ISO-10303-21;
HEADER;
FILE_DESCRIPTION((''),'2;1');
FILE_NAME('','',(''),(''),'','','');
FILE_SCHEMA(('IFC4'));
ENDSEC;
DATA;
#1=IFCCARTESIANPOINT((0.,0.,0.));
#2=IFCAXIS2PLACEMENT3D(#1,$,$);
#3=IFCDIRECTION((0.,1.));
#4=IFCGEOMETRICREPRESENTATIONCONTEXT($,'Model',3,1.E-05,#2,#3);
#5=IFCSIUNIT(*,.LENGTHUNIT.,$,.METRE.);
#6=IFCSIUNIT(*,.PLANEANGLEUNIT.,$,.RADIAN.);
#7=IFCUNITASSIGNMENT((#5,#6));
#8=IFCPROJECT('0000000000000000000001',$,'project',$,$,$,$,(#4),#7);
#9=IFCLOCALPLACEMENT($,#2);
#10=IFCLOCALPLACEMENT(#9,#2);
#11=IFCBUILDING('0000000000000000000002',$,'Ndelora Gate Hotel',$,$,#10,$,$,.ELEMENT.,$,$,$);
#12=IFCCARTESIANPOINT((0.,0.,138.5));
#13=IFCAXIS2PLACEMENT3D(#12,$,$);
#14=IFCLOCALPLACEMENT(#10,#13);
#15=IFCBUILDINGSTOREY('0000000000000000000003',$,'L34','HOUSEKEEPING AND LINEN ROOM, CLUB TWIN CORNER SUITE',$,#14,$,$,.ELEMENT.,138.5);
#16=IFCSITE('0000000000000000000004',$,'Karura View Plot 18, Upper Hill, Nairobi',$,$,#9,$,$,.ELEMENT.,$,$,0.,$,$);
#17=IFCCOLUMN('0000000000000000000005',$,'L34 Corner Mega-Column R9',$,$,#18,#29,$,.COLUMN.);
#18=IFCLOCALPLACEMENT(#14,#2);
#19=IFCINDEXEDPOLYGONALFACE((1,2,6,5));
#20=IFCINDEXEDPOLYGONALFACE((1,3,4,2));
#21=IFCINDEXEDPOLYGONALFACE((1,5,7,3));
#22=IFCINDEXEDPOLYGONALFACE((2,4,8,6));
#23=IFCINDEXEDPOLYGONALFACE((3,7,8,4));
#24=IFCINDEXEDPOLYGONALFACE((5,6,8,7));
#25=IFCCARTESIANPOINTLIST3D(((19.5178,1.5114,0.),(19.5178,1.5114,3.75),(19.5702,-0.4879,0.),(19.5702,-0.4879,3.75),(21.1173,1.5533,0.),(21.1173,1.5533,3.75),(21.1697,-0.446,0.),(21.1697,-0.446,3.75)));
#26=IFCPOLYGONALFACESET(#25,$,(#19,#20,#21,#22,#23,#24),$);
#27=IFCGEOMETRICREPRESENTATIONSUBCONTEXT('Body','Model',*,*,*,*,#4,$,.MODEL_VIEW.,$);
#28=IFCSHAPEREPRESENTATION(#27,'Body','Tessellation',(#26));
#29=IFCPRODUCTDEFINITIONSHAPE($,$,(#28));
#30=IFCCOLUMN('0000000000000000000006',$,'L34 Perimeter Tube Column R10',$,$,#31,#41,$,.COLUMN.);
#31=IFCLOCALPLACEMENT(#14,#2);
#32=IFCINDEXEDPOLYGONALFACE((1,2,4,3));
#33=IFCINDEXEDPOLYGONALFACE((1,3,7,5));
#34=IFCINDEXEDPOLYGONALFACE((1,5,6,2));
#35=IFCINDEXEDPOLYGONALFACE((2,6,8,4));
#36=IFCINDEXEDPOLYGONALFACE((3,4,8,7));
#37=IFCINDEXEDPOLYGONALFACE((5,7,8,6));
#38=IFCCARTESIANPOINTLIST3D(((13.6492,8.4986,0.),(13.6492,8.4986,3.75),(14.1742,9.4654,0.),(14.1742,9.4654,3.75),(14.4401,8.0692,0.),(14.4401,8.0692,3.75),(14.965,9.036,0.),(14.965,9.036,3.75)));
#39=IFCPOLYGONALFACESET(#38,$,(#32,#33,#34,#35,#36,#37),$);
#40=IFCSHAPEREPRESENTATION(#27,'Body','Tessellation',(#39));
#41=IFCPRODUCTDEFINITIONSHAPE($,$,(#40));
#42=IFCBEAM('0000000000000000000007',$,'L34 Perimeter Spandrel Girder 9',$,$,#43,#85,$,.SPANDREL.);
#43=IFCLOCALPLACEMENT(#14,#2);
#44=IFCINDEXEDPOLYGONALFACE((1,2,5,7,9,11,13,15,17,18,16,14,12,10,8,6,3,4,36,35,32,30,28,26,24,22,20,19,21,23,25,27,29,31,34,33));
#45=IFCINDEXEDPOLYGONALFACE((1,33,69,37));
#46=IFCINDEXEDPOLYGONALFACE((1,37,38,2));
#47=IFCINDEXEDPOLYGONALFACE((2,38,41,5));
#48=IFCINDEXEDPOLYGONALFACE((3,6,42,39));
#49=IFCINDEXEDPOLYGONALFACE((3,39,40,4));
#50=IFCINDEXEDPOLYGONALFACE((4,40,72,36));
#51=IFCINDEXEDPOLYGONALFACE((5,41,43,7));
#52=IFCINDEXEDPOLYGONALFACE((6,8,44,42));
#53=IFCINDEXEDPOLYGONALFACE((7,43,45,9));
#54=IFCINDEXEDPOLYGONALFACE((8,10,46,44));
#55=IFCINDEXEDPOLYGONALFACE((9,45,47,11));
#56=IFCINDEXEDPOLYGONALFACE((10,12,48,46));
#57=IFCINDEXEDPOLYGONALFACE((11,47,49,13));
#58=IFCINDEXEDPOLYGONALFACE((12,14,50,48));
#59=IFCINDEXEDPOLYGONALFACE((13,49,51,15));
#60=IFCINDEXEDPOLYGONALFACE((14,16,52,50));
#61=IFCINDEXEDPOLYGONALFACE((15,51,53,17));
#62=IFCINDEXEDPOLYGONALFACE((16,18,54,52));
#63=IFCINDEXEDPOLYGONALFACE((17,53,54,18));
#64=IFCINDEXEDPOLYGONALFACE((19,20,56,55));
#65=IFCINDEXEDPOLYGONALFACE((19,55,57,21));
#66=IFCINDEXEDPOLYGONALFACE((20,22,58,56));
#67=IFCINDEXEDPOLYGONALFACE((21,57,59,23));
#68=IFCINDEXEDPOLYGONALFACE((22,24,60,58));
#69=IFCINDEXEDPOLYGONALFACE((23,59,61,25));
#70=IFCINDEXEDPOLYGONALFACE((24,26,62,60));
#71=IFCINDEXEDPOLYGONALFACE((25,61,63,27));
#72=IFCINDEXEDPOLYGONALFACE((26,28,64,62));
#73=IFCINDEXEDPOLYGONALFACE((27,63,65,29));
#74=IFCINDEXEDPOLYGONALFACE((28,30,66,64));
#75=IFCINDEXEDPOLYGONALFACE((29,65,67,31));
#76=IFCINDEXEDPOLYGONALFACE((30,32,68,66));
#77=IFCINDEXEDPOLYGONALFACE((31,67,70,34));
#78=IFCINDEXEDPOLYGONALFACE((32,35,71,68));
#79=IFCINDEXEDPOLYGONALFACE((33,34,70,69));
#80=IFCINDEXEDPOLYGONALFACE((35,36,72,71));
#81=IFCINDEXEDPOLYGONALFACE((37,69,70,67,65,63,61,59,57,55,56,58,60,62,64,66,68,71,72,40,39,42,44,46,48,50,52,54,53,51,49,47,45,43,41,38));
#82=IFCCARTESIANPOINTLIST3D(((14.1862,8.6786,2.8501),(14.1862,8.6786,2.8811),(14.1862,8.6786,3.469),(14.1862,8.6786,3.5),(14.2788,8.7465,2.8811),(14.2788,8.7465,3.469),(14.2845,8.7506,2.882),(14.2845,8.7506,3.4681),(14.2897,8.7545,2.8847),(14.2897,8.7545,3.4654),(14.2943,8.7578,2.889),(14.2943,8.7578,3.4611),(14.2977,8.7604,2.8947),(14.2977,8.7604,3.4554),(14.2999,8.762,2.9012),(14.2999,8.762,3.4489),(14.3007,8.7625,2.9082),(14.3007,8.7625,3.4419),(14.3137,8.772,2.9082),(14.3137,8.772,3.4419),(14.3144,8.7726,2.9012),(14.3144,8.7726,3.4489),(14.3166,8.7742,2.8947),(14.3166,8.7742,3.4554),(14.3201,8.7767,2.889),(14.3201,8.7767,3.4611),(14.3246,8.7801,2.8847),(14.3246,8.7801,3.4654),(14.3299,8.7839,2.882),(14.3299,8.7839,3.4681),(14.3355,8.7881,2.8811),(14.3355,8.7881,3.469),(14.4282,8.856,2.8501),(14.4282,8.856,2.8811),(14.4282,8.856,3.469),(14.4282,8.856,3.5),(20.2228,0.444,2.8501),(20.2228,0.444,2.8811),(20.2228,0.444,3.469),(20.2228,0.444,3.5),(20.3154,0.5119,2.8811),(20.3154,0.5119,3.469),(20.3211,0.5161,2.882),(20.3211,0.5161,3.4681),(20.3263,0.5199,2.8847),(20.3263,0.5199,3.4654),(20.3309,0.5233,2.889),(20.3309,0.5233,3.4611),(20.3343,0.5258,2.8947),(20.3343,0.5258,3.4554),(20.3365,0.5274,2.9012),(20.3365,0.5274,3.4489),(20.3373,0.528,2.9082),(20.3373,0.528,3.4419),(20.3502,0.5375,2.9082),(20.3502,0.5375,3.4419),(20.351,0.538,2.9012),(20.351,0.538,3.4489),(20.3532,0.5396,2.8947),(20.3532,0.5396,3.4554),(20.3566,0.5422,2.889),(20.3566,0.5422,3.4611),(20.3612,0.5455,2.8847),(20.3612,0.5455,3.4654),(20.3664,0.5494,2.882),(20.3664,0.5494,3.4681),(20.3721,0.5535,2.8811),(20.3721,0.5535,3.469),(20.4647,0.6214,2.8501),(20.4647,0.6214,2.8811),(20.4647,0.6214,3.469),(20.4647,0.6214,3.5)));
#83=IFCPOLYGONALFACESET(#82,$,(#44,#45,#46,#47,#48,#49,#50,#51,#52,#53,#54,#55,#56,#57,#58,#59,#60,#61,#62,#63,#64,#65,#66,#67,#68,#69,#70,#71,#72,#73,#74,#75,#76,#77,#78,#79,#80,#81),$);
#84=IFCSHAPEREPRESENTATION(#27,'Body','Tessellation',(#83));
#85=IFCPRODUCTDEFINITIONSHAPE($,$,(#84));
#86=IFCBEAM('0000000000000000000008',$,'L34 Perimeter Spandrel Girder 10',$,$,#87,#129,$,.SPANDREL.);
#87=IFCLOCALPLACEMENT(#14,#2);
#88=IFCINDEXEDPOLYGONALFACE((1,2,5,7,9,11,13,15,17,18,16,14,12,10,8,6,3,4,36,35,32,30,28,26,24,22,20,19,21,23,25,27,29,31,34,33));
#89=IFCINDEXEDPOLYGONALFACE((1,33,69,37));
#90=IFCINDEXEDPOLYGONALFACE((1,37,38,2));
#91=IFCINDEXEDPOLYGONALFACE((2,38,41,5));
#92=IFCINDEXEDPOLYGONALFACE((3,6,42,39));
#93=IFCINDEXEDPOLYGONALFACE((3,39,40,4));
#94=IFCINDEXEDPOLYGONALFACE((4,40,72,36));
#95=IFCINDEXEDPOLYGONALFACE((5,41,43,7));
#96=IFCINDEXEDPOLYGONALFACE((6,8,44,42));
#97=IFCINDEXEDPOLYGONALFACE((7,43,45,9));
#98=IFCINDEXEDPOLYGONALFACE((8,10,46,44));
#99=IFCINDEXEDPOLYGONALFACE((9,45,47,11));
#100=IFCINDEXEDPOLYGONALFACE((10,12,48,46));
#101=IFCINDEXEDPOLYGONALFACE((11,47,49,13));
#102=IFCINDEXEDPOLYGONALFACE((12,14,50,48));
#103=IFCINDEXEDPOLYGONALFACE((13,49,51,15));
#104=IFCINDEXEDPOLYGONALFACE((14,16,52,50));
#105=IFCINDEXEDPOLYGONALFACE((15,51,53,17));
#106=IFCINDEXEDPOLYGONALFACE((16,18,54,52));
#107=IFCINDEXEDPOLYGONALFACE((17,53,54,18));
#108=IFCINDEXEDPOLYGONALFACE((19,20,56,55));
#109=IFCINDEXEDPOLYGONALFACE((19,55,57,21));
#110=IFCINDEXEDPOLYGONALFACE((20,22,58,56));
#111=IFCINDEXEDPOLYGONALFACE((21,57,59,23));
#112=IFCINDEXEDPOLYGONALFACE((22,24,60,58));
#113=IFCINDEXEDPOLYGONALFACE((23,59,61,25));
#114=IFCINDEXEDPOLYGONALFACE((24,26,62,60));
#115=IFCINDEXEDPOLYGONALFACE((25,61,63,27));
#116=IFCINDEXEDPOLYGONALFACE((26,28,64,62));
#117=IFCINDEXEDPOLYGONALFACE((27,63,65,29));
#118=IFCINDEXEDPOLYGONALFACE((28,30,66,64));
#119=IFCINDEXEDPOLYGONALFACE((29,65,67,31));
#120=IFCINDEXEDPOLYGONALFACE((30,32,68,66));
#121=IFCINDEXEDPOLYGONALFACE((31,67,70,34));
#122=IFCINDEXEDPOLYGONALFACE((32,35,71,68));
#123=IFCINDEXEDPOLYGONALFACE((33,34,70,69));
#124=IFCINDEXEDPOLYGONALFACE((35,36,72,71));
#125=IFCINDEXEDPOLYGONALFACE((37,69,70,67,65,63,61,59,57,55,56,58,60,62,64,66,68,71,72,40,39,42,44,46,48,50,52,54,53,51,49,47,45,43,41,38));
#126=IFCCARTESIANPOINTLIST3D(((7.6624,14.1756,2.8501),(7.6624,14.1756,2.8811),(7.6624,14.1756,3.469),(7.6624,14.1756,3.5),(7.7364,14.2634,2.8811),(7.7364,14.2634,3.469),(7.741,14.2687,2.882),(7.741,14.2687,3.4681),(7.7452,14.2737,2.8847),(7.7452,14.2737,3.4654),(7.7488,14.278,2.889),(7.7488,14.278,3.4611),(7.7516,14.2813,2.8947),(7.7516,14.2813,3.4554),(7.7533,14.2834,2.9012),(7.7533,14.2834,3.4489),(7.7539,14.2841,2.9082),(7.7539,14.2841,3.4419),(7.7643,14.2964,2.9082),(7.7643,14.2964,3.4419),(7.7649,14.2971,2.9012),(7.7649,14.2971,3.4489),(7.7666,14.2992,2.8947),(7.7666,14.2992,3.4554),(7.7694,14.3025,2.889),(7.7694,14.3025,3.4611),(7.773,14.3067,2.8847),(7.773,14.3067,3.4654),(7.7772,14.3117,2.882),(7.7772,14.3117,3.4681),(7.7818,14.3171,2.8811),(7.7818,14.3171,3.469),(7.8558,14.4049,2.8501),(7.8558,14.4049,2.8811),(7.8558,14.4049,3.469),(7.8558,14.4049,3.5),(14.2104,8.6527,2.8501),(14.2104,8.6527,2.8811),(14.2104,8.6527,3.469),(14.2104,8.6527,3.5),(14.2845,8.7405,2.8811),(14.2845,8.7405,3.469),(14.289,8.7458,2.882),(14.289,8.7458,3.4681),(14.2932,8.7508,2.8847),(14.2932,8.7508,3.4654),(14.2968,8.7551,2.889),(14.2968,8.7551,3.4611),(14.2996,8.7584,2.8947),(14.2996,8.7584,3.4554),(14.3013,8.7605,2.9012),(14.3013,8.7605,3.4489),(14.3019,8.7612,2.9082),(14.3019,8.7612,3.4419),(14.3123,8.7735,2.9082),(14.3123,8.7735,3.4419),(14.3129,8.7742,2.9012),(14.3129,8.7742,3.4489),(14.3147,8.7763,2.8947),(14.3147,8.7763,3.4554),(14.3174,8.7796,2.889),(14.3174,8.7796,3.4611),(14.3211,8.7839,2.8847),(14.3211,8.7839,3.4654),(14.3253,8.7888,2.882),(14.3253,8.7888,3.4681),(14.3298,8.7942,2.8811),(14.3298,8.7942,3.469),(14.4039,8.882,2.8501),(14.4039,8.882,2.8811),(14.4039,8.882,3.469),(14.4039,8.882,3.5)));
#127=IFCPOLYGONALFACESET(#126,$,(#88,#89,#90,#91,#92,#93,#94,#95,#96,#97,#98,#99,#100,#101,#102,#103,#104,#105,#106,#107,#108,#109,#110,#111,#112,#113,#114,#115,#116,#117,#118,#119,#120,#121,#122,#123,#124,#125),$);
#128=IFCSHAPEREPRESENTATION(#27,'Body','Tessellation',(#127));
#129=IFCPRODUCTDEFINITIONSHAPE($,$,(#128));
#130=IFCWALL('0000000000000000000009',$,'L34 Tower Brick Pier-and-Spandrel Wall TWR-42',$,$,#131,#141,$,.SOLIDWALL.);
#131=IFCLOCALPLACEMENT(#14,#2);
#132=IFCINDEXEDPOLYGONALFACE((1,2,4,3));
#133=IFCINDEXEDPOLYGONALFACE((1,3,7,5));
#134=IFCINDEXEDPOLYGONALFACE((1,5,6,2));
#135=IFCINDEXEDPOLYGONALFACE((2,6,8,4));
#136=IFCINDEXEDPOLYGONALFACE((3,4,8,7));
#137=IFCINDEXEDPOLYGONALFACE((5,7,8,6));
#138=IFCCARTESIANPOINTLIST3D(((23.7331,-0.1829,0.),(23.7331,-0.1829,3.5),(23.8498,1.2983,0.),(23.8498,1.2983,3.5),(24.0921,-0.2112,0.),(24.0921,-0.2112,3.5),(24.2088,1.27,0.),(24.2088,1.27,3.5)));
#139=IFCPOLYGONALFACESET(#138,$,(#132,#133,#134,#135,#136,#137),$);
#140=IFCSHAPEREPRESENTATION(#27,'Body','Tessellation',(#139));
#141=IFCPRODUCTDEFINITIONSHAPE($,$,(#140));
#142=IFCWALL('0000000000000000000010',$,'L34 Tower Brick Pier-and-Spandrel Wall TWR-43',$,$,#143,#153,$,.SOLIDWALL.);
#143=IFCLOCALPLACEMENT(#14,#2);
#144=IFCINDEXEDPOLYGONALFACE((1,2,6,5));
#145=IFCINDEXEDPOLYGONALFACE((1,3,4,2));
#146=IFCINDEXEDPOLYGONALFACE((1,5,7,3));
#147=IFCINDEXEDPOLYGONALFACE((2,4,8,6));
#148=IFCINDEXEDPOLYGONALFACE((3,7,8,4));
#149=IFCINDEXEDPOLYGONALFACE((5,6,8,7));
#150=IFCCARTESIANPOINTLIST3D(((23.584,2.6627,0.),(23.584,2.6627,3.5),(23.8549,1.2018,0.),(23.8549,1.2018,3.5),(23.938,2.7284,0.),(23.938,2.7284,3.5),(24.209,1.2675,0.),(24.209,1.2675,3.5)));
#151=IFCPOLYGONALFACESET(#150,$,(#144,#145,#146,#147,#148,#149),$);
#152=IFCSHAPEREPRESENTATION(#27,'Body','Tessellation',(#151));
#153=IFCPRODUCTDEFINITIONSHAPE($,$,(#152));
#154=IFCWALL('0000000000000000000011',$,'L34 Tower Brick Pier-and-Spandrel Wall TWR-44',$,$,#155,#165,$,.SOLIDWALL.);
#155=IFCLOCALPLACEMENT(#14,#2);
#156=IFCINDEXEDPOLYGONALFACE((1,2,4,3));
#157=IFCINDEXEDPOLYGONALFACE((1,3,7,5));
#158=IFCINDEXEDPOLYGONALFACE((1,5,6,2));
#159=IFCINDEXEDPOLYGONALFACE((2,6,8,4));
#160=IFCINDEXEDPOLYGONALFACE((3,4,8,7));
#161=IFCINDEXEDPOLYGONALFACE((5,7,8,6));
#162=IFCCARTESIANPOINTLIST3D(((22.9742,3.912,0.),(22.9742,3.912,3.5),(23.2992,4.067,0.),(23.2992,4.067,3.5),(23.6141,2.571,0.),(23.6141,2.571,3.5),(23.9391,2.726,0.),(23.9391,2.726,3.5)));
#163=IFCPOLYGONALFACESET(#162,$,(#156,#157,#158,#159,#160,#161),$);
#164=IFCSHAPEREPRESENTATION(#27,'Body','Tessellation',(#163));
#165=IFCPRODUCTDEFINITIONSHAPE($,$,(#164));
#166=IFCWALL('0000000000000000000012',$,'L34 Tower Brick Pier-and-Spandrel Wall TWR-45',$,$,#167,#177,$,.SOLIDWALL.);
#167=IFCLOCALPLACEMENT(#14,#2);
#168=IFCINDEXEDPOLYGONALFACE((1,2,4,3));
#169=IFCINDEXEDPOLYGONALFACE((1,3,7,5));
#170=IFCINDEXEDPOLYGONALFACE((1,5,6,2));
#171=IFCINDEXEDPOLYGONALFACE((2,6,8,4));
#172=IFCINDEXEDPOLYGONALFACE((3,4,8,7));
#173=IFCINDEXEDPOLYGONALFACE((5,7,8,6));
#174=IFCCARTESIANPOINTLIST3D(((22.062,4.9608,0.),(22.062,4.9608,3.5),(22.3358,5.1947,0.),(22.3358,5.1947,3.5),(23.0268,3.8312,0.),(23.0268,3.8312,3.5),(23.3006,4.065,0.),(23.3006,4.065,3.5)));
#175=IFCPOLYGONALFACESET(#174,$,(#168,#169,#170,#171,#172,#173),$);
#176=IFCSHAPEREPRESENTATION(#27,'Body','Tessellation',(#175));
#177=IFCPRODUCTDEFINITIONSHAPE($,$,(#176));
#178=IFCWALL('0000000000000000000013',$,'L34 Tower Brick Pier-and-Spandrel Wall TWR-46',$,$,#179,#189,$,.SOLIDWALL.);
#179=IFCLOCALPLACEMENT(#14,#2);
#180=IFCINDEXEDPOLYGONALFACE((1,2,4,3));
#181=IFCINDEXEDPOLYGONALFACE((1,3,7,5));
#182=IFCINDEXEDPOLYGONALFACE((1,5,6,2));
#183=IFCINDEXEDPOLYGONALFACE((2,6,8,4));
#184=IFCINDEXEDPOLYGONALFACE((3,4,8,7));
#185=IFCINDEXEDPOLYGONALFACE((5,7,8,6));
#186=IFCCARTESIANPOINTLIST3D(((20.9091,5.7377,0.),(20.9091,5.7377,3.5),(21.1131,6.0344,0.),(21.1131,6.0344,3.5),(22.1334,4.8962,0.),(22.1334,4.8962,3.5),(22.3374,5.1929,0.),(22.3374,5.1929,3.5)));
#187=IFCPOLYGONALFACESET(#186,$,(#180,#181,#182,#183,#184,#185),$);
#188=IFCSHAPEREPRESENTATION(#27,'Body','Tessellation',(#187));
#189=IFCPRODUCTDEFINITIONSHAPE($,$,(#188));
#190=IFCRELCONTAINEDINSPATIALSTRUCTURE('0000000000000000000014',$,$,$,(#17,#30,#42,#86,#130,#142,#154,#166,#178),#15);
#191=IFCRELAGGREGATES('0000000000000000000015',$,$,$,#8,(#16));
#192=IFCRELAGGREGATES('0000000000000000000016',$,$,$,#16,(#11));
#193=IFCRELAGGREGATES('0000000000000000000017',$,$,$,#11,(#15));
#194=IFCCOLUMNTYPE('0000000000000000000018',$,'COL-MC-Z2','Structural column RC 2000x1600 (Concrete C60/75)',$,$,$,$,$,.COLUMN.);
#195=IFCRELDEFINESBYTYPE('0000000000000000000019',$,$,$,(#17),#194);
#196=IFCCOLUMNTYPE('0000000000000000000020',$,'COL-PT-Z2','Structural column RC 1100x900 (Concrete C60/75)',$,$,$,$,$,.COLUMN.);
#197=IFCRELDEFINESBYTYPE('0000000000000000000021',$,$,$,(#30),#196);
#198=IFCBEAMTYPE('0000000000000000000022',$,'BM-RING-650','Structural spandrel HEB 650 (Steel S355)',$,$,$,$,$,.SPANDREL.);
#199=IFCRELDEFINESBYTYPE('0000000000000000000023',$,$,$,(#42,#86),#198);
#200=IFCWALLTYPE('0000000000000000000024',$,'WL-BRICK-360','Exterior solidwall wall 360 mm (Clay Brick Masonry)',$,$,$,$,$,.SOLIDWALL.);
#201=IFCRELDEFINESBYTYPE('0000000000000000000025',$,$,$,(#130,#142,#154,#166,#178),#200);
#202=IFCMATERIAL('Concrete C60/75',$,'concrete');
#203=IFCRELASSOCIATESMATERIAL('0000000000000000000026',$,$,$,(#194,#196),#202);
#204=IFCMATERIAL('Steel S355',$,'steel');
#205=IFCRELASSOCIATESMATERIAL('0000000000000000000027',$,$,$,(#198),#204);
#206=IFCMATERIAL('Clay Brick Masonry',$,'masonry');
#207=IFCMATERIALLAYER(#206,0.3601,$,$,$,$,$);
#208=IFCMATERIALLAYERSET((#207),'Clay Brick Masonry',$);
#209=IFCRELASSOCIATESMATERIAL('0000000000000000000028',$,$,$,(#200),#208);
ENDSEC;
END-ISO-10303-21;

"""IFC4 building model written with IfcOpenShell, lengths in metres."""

from ifc_helpers import new_model, si_unit, direction, frame, frame_2d, origin, origin_2d, place, context, subcontext, project, spatial, rectangle, i_section, extrude, material, layer, layer_set, material_profile, profile_set, type_object, element, save


model = new_model("IFC4")

# Units and contexts
model_context = context("Model", 3, precision=1e-05, world=origin(), true_north=direction((0.0, 1.0)))
body_context = subcontext(model_context, "Body", "Model", "MODEL_VIEW")
ifc_project = project(units=[si_unit("LENGTHUNIT", "METRE"), si_unit("PLANEANGLEUNIT", "RADIAN")], contexts=[model_context])

# Site, building, storey
site_placement = place(None, origin())
site = spatial("IfcSite", under=ifc_project, at=site_placement, Name="Karura View Plot 18, Upper Hill, Nairobi", CompositionType="ELEMENT", RefElevation=0.0)
building_placement = place(site_placement, origin())
building = spatial("IfcBuilding", under=site, at=building_placement, Name="Ndelora Gate Hotel", CompositionType="ELEMENT")
storey_placement = place(building_placement, frame((0.0, 0.0, 138.5)))
storey = spatial("IfcBuildingStorey", under=building, at=storey_placement, Name="L34", Description="HOUSEKEEPING AND LINEN ROOM, CLUB TWIN CORNER SUITE", CompositionType="ELEMENT", Elevation=138.5)

# Columns
ifc_material_1 = material(Name="Concrete C60/75", Category="concrete")
ifc_material_profile_1 = material_profile(ifc_material_1, rectangle(XDim=1.6001, YDim=2.0, at=origin_2d()), Name="RC 2000x1600")
ifc_profile_set_1 = profile_set([ifc_material_profile_1], Name="Concrete C60/75")
column_type_1 = type_object("IfcColumnType", Name="COL-MC-Z2", Description="Structural column RC 2000x1600 (Concrete C60/75)", PredefinedType="COLUMN", material=ifc_profile_set_1)
column_1_placement = place(storey_placement, frame((20.3438, 0.5327, 0.0), z_axis=(0.0, 0.0, 1.0), x_axis=(0.999657, 0.026177, 0.0)))
element("IfcColumn", 1, at=column_1_placement, inside=storey, type_object=column_type_1, Name="L34 Corner Mega-Column R9", PredefinedType="COLUMN", context=body_context, shape_type="SweptSolid", body=[
    extrude(rectangle(XDim=1.6001, YDim=2.0, at=origin_2d()), origin(), (0.0, 0.0, 1.0), 3.75),
])
ifc_material_profile_2 = material_profile(ifc_material_1, rectangle(XDim=0.8999, YDim=1.1001, at=origin_2d()), Name="RC 1100x900")
ifc_profile_set_2 = profile_set([ifc_material_profile_2], Name="Concrete C60/75")
column_type_2 = type_object("IfcColumnType", Name="COL-PT-Z2", Description="Structural column RC 1100x900 (Concrete C60/75)", PredefinedType="COLUMN", material=ifc_profile_set_2)
column_2_placement = place(storey_placement, frame((14.3071, 8.7673, 0.0), z_axis=(0.0, 0.0, 1.0), x_axis=(-0.878817, 0.477159, 0.0)))
element("IfcColumn", 2, at=column_2_placement, inside=storey, type_object=column_type_2, Name="L34 Perimeter Tube Column R10", PredefinedType="COLUMN", context=body_context, shape_type="SweptSolid", body=[
    extrude(rectangle(XDim=0.8999, YDim=1.1001, at=origin_2d()), origin(), (0.0, 0.0, 1.0), 3.75),
])

# Beams
ifc_material_2 = material(Name="Steel S355", Category="steel")
ifc_material_profile_3 = material_profile(ifc_material_2, i_section(OverallWidth=0.3, OverallDepth=0.6499, WebThickness=0.0161, FlangeThickness=0.031, FilletRadius=0.0271, at=origin_2d()), Name="HEB 650")
ifc_profile_set_3 = profile_set([ifc_material_profile_3], Name="Steel S355")
beam_type = type_object("IfcBeamType", Name="BM-RING-650", Description="Structural spandrel HEB 650 (Steel S355)", PredefinedType="SPANDREL", material=ifc_profile_set_3)
beam_1_placement = place(storey_placement, frame((20.3438, 0.5327, 3.175), z_axis=(-0.59123, 0.806503, 0.0), x_axis=(-0.806503, -0.59123, 0.0)))
element("IfcBeam", 3, at=beam_1_placement, inside=storey, type_object=beam_type, Name="L34 Perimeter Spandrel Girder 9", PredefinedType="SPANDREL", context=body_context, shape_type="SweptSolid", body=[
    extrude(i_section(OverallWidth=0.3, OverallDepth=0.6499, WebThickness=0.0161, FlangeThickness=0.031, FilletRadius=0.0271, at=origin_2d()), origin(), (0.0, 0.0, 1.0), 10.2102),
])
beam_2_placement = place(storey_placement, frame((14.3071, 8.7673, 3.175), z_axis=(-0.764407, 0.644734, 0.0), x_axis=(-0.644734, -0.764407, 0.0)))
element("IfcBeam", 4, at=beam_2_placement, inside=storey, type_object=beam_type, Name="L34 Perimeter Spandrel Girder 10", PredefinedType="SPANDREL", context=body_context, shape_type="SweptSolid", body=[
    extrude(i_section(OverallWidth=0.3, OverallDepth=0.6499, WebThickness=0.0161, FlangeThickness=0.031, FilletRadius=0.0271, at=origin_2d()), origin(), (0.0, 0.0, 1.0), 8.5662),
])

# Walls
ifc_material_3 = material(Name="Clay Brick Masonry", Category="masonry")
ifc_layer_1 = layer(ifc_material_3, 0.3601)
ifc_layer_set_1 = layer_set([ifc_layer_1], Name="Clay Brick Masonry")
wall_type_1 = type_object("IfcWallType", Name="WL-BRICK-360", Description="Exterior solidwall wall 360 mm (Clay Brick Masonry)", PredefinedType="SOLIDWALL", material=ifc_layer_set_1)
for number, where, z_axis, x_axis, name in (
    (5, (24.0293, 1.2842, 0.0), (0.0, 0.0, 1.0), (-0.078543, -0.996911, 0.0), "L34 Tower Brick Pier-and-Spandrel Wall TWR-42"),
    (6, (23.761, 2.6956, 0.0), (0.0, 0.0, 1.0), (0.182383, -0.983227, 0.0), "L34 Tower Brick Pier-and-Spandrel Wall TWR-43"),
    (7, (23.1367, 3.9895, 0.0), (0.0, 0.0, 1.0), (0.430641, -0.902523, 0.0), "L34 Tower Brick Pier-and-Spandrel Wall TWR-44"),
):
    element("IfcWall", number, at=place(storey_placement, frame(where, z_axis=z_axis, x_axis=x_axis)), inside=storey, type_object=wall_type_1, Name=name, PredefinedType="SOLIDWALL", context=body_context, shape_type="SweptSolid", body=[
        extrude(rectangle(XDim=1.4858, YDim=0.3601, at=frame_2d((0.7429, 0.0))), origin(), (0.0, 0.0, 1.0), 3.5),
    ])
for number, where, z_axis, x_axis, name in (
    (8, (22.199, 5.0776, 0.0), (0.0, 0.0, 1.0), (0.649464, -0.760392, 0.0), "L34 Tower Brick Pier-and-Spandrel Wall TWR-45"),
    (9, (21.0112, 5.886, 0.0), (0.0, 0.0, 1.0), (0.824104, -0.566438, 0.0), "L34 Tower Brick Pier-and-Spandrel Wall TWR-46"),
):
    element("IfcWall", number, at=place(storey_placement, frame(where, z_axis=z_axis, x_axis=x_axis)), inside=storey, type_object=wall_type_1, Name=name, PredefinedType="SOLIDWALL", context=body_context, shape_type="SweptSolid", body=[
        extrude(rectangle(XDim=1.4856, YDim=0.3601, at=frame_2d((0.7427, 0.0))), origin(), (0.0, 0.0, 1.0), 3.5),
    ])

save(model, "model.ifc")
